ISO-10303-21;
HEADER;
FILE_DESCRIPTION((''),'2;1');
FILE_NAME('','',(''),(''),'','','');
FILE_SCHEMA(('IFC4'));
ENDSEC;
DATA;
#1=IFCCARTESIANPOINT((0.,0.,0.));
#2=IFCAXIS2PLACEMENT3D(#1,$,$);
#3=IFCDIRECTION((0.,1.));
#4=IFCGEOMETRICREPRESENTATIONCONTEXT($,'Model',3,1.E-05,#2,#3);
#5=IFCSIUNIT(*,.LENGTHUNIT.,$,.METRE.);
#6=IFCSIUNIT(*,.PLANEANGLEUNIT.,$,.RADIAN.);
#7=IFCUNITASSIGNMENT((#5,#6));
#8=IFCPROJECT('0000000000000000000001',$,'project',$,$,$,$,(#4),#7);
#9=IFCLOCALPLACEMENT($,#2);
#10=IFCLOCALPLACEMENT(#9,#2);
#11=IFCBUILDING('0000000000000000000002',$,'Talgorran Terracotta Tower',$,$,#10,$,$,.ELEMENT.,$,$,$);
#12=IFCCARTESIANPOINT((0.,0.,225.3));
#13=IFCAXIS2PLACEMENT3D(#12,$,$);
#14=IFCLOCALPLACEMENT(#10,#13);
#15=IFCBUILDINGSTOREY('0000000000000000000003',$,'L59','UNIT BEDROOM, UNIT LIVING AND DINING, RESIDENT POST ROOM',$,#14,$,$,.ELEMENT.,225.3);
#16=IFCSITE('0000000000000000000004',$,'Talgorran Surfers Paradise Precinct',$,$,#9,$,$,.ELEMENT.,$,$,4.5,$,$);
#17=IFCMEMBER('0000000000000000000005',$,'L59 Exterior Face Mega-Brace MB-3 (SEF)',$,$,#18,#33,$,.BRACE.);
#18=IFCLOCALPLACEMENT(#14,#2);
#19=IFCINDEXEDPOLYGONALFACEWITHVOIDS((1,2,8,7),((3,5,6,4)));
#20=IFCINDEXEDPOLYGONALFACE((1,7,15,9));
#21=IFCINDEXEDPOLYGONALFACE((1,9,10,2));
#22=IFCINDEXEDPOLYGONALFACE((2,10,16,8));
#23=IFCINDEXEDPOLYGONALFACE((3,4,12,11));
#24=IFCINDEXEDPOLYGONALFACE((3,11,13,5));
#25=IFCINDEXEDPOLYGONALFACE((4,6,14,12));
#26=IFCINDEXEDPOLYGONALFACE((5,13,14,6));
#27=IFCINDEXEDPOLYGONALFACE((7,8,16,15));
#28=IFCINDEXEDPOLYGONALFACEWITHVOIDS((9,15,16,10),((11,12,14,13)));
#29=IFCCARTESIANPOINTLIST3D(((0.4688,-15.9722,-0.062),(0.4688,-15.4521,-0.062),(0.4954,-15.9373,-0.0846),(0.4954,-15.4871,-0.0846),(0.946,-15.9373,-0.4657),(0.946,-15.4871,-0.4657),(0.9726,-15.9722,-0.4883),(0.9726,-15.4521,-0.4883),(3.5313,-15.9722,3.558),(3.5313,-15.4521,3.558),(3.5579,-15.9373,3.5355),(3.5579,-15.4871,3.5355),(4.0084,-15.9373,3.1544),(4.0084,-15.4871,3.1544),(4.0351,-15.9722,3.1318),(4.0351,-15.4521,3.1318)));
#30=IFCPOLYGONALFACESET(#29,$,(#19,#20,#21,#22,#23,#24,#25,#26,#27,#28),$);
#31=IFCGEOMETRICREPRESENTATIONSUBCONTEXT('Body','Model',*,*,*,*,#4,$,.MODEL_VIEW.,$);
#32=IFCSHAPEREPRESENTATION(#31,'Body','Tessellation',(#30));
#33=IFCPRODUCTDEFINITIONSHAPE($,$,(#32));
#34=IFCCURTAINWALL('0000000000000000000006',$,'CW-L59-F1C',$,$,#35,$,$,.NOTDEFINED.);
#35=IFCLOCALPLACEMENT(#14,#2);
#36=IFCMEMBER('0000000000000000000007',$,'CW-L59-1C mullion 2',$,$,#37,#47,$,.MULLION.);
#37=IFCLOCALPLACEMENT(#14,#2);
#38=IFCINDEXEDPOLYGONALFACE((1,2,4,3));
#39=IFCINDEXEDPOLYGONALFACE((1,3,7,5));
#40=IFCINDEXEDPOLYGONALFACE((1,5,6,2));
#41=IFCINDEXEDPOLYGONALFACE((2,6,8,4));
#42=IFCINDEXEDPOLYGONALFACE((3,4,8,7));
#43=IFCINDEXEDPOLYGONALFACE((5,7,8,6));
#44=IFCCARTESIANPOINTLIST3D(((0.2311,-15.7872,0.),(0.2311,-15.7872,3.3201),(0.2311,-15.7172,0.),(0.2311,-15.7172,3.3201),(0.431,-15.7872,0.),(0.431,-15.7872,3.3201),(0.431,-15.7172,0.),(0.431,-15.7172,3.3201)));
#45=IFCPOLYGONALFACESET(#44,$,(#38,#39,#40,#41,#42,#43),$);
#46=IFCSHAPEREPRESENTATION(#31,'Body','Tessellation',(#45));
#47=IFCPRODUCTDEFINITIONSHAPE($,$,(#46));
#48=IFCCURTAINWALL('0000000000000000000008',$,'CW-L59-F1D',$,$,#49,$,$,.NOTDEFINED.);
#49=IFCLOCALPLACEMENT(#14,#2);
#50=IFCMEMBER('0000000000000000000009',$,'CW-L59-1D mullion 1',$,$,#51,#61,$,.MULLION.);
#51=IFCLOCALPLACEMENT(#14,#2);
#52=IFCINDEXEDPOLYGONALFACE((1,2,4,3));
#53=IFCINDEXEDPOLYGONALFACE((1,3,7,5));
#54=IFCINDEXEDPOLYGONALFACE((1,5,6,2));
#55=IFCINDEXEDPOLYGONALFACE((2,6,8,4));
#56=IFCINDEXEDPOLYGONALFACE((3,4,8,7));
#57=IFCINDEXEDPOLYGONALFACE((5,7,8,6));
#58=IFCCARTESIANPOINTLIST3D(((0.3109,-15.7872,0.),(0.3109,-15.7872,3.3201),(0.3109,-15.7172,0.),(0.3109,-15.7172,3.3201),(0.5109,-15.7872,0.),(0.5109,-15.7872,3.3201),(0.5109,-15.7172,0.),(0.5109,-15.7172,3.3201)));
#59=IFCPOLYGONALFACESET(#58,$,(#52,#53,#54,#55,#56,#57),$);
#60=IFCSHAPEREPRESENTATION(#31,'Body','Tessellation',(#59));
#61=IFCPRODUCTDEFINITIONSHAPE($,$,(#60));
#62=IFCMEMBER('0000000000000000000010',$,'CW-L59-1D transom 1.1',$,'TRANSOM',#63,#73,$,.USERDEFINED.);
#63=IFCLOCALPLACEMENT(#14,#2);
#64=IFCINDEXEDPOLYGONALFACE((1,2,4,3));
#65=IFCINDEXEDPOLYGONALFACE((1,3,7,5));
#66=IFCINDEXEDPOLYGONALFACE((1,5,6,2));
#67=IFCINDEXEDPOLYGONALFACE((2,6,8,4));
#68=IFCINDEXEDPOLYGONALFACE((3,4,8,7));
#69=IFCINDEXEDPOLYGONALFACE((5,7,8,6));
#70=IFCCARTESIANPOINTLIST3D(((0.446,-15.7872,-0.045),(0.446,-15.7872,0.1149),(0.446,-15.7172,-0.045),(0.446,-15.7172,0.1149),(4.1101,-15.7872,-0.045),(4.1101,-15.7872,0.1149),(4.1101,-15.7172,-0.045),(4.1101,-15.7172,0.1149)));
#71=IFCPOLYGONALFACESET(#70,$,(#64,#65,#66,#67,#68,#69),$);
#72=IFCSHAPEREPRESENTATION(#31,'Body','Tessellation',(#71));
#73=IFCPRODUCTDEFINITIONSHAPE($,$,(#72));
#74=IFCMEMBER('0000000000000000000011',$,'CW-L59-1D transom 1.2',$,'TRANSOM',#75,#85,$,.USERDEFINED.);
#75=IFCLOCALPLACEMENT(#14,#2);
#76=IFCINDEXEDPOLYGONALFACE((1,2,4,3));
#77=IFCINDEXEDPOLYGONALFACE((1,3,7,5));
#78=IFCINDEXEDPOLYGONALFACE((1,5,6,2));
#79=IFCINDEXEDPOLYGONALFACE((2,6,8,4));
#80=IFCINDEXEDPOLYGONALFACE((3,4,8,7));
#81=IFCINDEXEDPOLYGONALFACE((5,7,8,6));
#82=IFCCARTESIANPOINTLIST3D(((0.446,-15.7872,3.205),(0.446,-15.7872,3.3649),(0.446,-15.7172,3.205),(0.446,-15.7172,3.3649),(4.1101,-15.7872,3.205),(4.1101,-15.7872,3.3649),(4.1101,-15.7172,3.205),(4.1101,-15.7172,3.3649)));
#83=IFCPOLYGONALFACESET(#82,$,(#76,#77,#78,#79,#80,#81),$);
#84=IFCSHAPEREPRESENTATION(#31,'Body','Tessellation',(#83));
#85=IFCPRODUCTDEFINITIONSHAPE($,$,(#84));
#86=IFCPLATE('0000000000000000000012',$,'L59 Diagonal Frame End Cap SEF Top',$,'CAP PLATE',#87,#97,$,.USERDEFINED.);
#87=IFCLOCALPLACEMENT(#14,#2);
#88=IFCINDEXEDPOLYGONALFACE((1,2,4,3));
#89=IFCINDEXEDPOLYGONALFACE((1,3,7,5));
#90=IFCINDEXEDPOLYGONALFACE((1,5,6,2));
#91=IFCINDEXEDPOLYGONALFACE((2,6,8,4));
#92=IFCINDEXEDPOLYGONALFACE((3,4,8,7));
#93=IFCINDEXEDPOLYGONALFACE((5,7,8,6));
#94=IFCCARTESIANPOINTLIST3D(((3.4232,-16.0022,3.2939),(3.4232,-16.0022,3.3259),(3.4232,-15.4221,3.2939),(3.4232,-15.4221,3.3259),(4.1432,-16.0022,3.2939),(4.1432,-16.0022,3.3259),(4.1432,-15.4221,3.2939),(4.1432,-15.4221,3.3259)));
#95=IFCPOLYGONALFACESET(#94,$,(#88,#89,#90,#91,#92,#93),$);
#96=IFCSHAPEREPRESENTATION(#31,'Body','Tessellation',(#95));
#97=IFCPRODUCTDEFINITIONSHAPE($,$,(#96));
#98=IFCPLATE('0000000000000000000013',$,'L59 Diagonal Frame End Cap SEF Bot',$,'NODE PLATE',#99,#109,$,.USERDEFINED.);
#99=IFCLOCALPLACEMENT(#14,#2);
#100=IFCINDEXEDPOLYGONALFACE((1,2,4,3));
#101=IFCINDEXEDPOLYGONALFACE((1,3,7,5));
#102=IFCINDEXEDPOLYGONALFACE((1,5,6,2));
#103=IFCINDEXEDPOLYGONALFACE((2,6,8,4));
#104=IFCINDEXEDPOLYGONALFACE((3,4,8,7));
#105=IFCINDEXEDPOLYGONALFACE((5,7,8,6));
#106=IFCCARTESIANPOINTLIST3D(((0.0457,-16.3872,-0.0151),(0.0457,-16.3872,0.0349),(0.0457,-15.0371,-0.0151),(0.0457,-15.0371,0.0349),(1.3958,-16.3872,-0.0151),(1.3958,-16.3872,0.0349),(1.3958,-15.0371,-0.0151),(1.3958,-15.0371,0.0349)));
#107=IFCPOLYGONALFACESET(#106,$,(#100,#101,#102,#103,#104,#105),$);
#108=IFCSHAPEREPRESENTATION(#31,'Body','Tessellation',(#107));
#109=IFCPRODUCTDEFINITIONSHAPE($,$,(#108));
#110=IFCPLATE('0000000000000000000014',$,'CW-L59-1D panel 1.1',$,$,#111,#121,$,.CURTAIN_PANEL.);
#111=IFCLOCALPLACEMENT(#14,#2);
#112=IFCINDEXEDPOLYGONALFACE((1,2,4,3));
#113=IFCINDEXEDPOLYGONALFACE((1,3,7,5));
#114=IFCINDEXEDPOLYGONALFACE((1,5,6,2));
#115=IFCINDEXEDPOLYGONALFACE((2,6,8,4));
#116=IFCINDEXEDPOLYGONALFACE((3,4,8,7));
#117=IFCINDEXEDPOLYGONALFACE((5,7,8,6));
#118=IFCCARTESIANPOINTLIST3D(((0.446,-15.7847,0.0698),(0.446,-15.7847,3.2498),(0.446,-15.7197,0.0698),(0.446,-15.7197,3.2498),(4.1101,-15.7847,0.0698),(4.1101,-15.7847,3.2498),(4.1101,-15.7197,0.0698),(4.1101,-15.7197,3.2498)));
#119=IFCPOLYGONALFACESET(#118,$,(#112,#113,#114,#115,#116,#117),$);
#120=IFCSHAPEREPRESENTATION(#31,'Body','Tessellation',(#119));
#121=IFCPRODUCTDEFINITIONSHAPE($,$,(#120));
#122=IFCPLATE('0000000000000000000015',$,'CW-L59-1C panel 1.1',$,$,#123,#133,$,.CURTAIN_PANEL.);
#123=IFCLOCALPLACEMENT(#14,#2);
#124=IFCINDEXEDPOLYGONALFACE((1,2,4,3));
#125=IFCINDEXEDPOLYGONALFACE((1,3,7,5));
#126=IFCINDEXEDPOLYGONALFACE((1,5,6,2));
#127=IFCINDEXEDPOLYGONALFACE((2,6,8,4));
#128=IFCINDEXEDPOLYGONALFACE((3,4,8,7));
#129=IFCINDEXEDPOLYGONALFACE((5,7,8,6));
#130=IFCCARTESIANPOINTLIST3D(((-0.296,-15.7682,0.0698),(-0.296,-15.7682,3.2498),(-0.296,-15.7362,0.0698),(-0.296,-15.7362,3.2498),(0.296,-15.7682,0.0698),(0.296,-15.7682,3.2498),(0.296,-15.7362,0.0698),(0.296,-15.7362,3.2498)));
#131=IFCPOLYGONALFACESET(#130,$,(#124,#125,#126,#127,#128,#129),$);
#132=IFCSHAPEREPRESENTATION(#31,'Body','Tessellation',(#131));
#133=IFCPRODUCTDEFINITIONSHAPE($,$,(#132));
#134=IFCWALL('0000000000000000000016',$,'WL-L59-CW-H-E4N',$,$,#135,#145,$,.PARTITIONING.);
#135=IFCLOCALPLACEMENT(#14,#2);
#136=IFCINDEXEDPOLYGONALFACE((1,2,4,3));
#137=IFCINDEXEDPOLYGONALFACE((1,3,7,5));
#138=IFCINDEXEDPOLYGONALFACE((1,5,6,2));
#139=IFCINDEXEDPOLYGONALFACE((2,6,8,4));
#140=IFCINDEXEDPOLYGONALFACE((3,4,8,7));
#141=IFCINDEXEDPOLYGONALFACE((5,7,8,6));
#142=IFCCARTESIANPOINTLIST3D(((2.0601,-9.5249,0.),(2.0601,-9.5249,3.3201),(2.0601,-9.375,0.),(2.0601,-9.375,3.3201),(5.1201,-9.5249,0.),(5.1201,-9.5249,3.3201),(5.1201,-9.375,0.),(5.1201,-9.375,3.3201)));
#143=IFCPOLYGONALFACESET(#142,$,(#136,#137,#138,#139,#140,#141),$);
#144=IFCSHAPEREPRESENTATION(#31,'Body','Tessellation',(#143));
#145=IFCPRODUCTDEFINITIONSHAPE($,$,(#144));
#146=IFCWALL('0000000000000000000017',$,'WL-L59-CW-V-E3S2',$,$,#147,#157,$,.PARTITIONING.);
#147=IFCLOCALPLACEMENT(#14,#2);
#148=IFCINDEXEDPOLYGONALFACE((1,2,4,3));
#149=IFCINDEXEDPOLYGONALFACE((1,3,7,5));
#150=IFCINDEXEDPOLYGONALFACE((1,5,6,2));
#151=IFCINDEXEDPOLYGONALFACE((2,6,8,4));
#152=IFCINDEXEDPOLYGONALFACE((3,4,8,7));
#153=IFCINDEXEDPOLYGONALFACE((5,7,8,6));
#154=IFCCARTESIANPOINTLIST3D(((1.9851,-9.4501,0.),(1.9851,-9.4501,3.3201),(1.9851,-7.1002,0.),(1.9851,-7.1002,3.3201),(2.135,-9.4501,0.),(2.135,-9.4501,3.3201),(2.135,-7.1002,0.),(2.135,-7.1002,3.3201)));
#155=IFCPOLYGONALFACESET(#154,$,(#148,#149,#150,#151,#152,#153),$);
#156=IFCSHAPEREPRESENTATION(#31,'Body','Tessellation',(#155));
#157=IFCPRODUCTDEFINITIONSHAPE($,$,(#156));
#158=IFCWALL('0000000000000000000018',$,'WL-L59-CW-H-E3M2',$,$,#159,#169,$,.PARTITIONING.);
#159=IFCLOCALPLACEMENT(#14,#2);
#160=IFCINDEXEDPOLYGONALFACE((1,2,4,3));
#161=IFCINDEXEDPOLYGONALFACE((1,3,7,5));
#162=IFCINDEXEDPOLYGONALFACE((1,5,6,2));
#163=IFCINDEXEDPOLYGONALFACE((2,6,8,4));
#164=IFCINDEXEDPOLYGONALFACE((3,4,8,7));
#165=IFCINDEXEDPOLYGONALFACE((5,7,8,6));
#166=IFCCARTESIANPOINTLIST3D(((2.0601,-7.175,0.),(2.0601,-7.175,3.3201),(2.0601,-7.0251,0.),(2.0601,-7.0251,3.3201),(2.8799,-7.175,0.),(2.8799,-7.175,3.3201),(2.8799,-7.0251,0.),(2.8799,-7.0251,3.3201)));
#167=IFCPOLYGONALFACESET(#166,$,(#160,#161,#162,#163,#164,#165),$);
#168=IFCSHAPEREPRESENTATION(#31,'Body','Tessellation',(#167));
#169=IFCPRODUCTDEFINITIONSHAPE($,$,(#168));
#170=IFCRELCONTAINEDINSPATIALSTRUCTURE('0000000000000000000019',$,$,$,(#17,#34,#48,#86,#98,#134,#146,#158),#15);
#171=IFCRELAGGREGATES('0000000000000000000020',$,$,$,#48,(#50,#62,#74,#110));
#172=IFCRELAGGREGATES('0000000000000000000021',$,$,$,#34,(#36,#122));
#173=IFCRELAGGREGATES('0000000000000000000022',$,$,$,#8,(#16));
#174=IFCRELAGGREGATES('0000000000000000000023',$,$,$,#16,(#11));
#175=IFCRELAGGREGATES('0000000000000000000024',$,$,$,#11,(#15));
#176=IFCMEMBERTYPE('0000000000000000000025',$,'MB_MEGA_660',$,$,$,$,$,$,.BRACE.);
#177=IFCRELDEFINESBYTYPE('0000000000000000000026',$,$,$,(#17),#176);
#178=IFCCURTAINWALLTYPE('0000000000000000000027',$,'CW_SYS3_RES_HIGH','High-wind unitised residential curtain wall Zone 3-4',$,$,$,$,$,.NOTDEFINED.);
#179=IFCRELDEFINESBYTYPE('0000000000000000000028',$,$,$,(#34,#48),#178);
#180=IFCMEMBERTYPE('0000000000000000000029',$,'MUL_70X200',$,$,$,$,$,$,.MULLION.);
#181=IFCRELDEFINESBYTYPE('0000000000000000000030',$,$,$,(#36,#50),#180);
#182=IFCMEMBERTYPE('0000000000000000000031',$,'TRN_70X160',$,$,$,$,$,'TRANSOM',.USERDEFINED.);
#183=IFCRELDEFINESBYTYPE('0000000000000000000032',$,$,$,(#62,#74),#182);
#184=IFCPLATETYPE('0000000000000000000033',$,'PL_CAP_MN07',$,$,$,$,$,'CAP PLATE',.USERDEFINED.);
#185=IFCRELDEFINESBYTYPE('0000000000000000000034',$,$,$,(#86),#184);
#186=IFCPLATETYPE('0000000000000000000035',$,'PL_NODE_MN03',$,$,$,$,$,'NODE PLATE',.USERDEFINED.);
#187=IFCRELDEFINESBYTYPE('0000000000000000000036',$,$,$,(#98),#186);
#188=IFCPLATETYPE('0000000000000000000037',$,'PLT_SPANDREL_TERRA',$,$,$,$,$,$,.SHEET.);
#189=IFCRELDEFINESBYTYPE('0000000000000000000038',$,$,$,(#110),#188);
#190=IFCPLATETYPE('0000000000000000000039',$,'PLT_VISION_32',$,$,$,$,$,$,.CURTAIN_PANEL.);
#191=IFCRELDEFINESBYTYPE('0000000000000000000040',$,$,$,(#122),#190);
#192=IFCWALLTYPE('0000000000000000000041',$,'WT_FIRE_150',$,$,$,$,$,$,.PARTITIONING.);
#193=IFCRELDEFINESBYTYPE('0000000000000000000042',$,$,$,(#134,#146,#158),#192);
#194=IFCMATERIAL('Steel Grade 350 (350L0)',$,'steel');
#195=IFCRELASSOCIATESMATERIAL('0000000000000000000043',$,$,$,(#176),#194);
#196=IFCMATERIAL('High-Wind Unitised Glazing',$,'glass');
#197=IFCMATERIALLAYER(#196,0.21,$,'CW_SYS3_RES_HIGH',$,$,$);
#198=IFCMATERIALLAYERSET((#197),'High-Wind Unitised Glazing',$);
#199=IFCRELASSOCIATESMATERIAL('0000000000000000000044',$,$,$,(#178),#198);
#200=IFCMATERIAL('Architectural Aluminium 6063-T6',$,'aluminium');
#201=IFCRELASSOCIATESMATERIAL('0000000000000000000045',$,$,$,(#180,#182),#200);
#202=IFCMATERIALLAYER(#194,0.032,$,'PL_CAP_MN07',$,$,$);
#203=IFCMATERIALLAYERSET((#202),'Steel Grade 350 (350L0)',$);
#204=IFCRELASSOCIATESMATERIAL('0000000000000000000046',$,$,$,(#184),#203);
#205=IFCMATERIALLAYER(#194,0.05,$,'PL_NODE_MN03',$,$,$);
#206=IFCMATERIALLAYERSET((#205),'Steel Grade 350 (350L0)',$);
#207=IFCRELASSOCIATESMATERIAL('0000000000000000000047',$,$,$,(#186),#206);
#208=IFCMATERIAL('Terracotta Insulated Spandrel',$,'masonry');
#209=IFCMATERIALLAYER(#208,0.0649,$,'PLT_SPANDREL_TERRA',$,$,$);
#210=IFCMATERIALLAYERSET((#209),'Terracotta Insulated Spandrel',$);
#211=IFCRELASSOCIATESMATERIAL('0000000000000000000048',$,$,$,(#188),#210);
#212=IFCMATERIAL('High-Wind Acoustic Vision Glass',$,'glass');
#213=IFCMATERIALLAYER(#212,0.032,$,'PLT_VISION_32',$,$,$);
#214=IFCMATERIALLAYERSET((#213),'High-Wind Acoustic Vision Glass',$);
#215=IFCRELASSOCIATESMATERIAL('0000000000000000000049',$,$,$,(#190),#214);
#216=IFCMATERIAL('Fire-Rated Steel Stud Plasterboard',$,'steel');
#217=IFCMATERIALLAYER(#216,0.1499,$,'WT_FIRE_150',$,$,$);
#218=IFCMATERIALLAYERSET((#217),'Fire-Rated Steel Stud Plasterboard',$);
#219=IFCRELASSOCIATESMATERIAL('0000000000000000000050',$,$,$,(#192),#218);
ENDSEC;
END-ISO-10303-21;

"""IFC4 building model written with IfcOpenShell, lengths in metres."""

from ifc_helpers import new_model, si_unit, direction, frame, frame_2d, origin, origin_2d, place, context, subcontext, project, spatial, rectangle, hollow_rectangle, extrude, source, transform, mapped, material, layer, layer_set, material_profile, profile_set, type_object, type_shapes, element, aggregate, save


model = new_model("IFC4")

# Units and contexts
model_context = context("Model", 3, precision=1e-05, world=origin(), true_north=direction((0.0, 1.0)))
body_context = subcontext(model_context, "Body", "Model", "MODEL_VIEW")
ifc_project = project(units=[si_unit("LENGTHUNIT", "METRE"), si_unit("PLANEANGLEUNIT", "RADIAN")], contexts=[model_context])

# Site, building, storey
site_placement = place(None, origin())
site = spatial("IfcSite", under=ifc_project, at=site_placement, Name="Talgorran Surfers Paradise Precinct", CompositionType="ELEMENT", RefElevation=4.5)
building_placement = place(site_placement, origin())
building = spatial("IfcBuilding", under=site, at=building_placement, Name="Talgorran Terracotta Tower", CompositionType="ELEMENT")
storey_placement = place(building_placement, frame((0.0, 0.0, 225.3)))
storey = spatial("IfcBuildingStorey", under=building, at=storey_placement, Name="L59", Description="UNIT BEDROOM, UNIT LIVING AND DINING, RESIDENT POST ROOM", CompositionType="ELEMENT", Elevation=225.3)

# Member
ifc_material_1 = material(Name="Steel Grade 350 (350L0)", Category="steel")
ifc_material_profile_1 = material_profile(ifc_material_1, hollow_rectangle(XDim=0.52, YDim=0.6599, WallThickness=0.0349, at=origin_2d()), Name="WBOX660X520X35")
ifc_profile_set_1 = profile_set([ifc_material_profile_1], Name="Steel Grade 350 (350L0)")
member_type_1 = type_object("IfcMemberType", Name="MB_MEGA_660", PredefinedType="BRACE", material=ifc_profile_set_1)
member_1_placement = place(storey_placement, frame((0.7207, -15.7122, -0.2751), z_axis=(0.645859, 0.0, 0.763457), x_axis=(0.0, 1.0, 0.0)))
element("IfcMember", 1, at=member_1_placement, inside=storey, type_object=member_type_1, Name="L59 Exterior Face Mega-Brace MB-3 (SEF)", PredefinedType="BRACE", context=body_context, shape_type="SweptSolid", body=[
    extrude(hollow_rectangle(XDim=0.52, YDim=0.6599, WallThickness=0.0349, at=origin_2d()), origin(), (0.0, 0.0, 1.0), 4.7417),
])

# Curtain wall, member
ifc_material_2 = material(Name="High-Wind Unitised Glazing", Category="glass")
ifc_layer_1 = layer(ifc_material_2, 0.21, Name="CW_SYS3_RES_HIGH")
ifc_layer_set_1 = layer_set([ifc_layer_1], Name="High-Wind Unitised Glazing")
curtain_wall_type = type_object("IfcCurtainWallType", Name="CW_SYS3_RES_HIGH", Description="High-wind unitised residential curtain wall Zone 3-4", PredefinedType="NOTDEFINED", material=ifc_layer_set_1)
curtain_wall_1_placement = place(storey_placement, origin())
curtain_wall_1 = element("IfcCurtainWall", 2, at=curtain_wall_1_placement, inside=storey, type_object=curtain_wall_type, Name="CW-L59-F1C", PredefinedType="NOTDEFINED")
ifc_material_3 = material(Name="Architectural Aluminium 6063-T6", Category="aluminium")
ifc_material_profile_2 = material_profile(ifc_material_3, rectangle(XDim=0.0701, YDim=0.2, at=origin_2d()), Name="CWM70X200")
ifc_profile_set_2 = profile_set([ifc_material_profile_2], Name="Architectural Aluminium 6063-T6")
member_type_2 = type_object("IfcMemberType", Name="MUL_70X200", PredefinedType="MULLION", material=ifc_profile_set_2)
member_2_placement = place(storey_placement, frame((0.3311, -15.7522, 0.0), z_axis=(0.0, 0.0, 1.0), x_axis=(0.0, 1.0, 0.0)))
member_2 = element("IfcMember", 3, at=member_2_placement, type_object=member_type_2, Name="CW-L59-1C mullion 2", PredefinedType="MULLION", context=body_context, shape_type="SweptSolid", body=[
    extrude(rectangle(XDim=0.0701, YDim=0.2, at=origin_2d()), origin(), (0.0, 0.0, 1.0), 3.3201),
])

# Curtain wall, members
curtain_wall_2_placement = place(storey_placement, origin())
curtain_wall_2 = element("IfcCurtainWall", 4, at=curtain_wall_2_placement, inside=storey, type_object=curtain_wall_type, Name="CW-L59-F1D", PredefinedType="NOTDEFINED")
member_3_placement = place(storey_placement, frame((0.4109, -15.7522, 0.0), z_axis=(0.0, 0.0, 1.0), x_axis=(0.0, 1.0, 0.0)))
member_3 = element("IfcMember", 5, at=member_3_placement, type_object=member_type_2, Name="CW-L59-1D mullion 1", PredefinedType="MULLION", context=body_context, shape_type="SweptSolid", body=[
    extrude(rectangle(XDim=0.0701, YDim=0.2, at=origin_2d()), origin(), (0.0, 0.0, 1.0), 3.3201),
])
ifc_material_profile_3 = material_profile(ifc_material_3, rectangle(XDim=0.0701, YDim=0.1599, at=origin_2d()), Name="CWT70X160")
ifc_profile_set_3 = profile_set([ifc_material_profile_3], Name="Architectural Aluminium 6063-T6")
member_type_3 = type_object("IfcMemberType", Name="TRN_70X160", ElementType="TRANSOM", PredefinedType="USERDEFINED", material=ifc_profile_set_3)
member_4_placement = place(storey_placement, frame((0.446, -15.7522, 0.0349), z_axis=(1.0, 0.0, 0.0), x_axis=(0.0, 1.0, 0.0)))
member_4 = element("IfcMember", 6, at=member_4_placement, type_object=member_type_3, Name="CW-L59-1D transom 1.1", ObjectType="TRANSOM", PredefinedType="USERDEFINED", context=body_context, shape_type="SweptSolid", body=[
    extrude(rectangle(XDim=0.0701, YDim=0.1599, at=origin_2d()), origin(), (0.0, 0.0, 1.0), 3.6641),
])
member_5_placement = place(storey_placement, frame((0.446, -15.7522, 3.2849), z_axis=(1.0, 0.0, 0.0), x_axis=(0.0, 1.0, 0.0)))
member_5 = element("IfcMember", 7, at=member_5_placement, type_object=member_type_3, Name="CW-L59-1D transom 1.2", ObjectType="TRANSOM", PredefinedType="USERDEFINED", context=body_context, shape_type="SweptSolid", body=[
    extrude(rectangle(XDim=0.0701, YDim=0.1599, at=origin_2d()), origin(), (0.0, 0.0, 1.0), 3.6641),
])

# Plates
ifc_layer_2 = layer(ifc_material_1, 0.032, Name="PL_CAP_MN07")
ifc_layer_set_2 = layer_set([ifc_layer_2], Name="Steel Grade 350 (350L0)")
plate_type_1 = type_object("IfcPlateType", Name="PL_CAP_MN07", ElementType="CAP PLATE", PredefinedType="USERDEFINED", material=ifc_layer_set_2)
plate_1_placement = place(storey_placement, frame((3.7832, -15.7122, 3.2939), z_axis=(0.0, 0.0, 1.0), x_axis=(1.0, 0.0, 0.0)))
element("IfcPlate", 8, at=plate_1_placement, inside=storey, type_object=plate_type_1, Name="L59 Diagonal Frame End Cap SEF Top", ObjectType="CAP PLATE", PredefinedType="USERDEFINED", context=body_context, shape_type="SweptSolid", body=[
    extrude(rectangle(XDim=0.72, YDim=0.5801, at=origin_2d()), origin(), (0.0, 0.0, 1.0), 0.032),
])
ifc_layer_3 = layer(ifc_material_1, 0.05, Name="PL_NODE_MN03")
ifc_layer_set_3 = layer_set([ifc_layer_3], Name="Steel Grade 350 (350L0)")
plate_type_2 = type_object("IfcPlateType", Name="PL_NODE_MN03", ElementType="NODE PLATE", PredefinedType="USERDEFINED", material=ifc_layer_set_3)
plate_2_placement = place(storey_placement, frame((0.7207, -15.7122, -0.0151), z_axis=(0.0, 0.0, 1.0), x_axis=(1.0, 0.0, 0.0)))
element("IfcPlate", 9, at=plate_2_placement, inside=storey, type_object=plate_type_2, Name="L59 Diagonal Frame End Cap SEF Bot", ObjectType="NODE PLATE", PredefinedType="USERDEFINED", context=body_context, shape_type="SweptSolid", body=[
    extrude(rectangle(XDim=1.3501, YDim=1.3501, at=origin_2d()), origin(), (0.0, 0.0, 1.0), 0.05),
])

# Plates
ifc_material_4 = material(Name="Terracotta Insulated Spandrel", Category="masonry")
ifc_layer_4 = layer(ifc_material_4, 0.0649, Name="PLT_SPANDREL_TERRA")
ifc_layer_set_4 = layer_set([ifc_layer_4], Name="Terracotta Insulated Spandrel")
plate_type_3 = type_object("IfcPlateType", Name="PLT_SPANDREL_TERRA", PredefinedType="SHEET", material=ifc_layer_set_4)
shared_shape_1 = source(origin(), body_context, "Body", "SweptSolid", [
    extrude(rectangle(XDim=3.6641, YDim=0.0649, at=origin_2d()), origin(), (0.0, 0.0, 1.0), 3.1799),
])
type_shapes(plate_type_3, [shared_shape_1])
plate_3_placement = place(storey_placement, frame((2.2781, -15.7522, 0.0698), z_axis=(0.0, 0.0, 1.0), x_axis=(1.0, 0.0, 0.0)))
plate_3 = element("IfcPlate", 10, at=plate_3_placement, type_object=plate_type_3, Name="CW-L59-1D panel 1.1", PredefinedType="CURTAIN_PANEL", context=body_context, shape_type="MappedRepresentation", body=[
    mapped(shared_shape_1, transform((0.0, 0.0, 0.0), scale=1.0)),
])
aggregate(curtain_wall_2, [member_3, member_4, member_5, plate_3])
ifc_material_5 = material(Name="High-Wind Acoustic Vision Glass", Category="glass")
ifc_layer_5 = layer(ifc_material_5, 0.032, Name="PLT_VISION_32")
ifc_layer_set_5 = layer_set([ifc_layer_5], Name="High-Wind Acoustic Vision Glass")
plate_type_4 = type_object("IfcPlateType", Name="PLT_VISION_32", PredefinedType="CURTAIN_PANEL", material=ifc_layer_set_5)
shared_shape_2 = source(origin(), body_context, "Body", "SweptSolid", [
    extrude(rectangle(XDim=0.592, YDim=0.032, at=origin_2d()), origin(), (0.0, 0.0, 1.0), 3.1799),
])
type_shapes(plate_type_4, [shared_shape_2])
plate_4_placement = place(storey_placement, frame((0.0, -15.7522, 0.0698), z_axis=(0.0, 0.0, 1.0), x_axis=(1.0, 0.0, 0.0)))
plate_4 = element("IfcPlate", 11, at=plate_4_placement, type_object=plate_type_4, Name="CW-L59-1C panel 1.1", PredefinedType="CURTAIN_PANEL", context=body_context, shape_type="MappedRepresentation", body=[
    mapped(shared_shape_2, transform((0.0, 0.0, 0.0), scale=1.0)),
])
aggregate(curtain_wall_1, [member_2, plate_4])

# Walls
ifc_material_6 = material(Name="Fire-Rated Steel Stud Plasterboard", Category="steel")
ifc_layer_6 = layer(ifc_material_6, 0.1499, Name="WT_FIRE_150")
ifc_layer_set_6 = layer_set([ifc_layer_6], Name="Fire-Rated Steel Stud Plasterboard")
wall_type_1 = type_object("IfcWallType", Name="WT_FIRE_150", PredefinedType="PARTITIONING", material=ifc_layer_set_6)
wall_1_placement = place(storey_placement, frame((2.0601, -9.45, 0.0), z_axis=(0.0, 0.0, 1.0), x_axis=(1.0, 0.0, 0.0)))
element("IfcWall", 12, at=wall_1_placement, inside=storey, type_object=wall_type_1, Name="WL-L59-CW-H-E4N", PredefinedType="PARTITIONING", context=body_context, shape_type="SweptSolid", body=[
    extrude(rectangle(XDim=3.0601, YDim=0.1499, at=frame_2d((1.53, 0.0))), origin(), (0.0, 0.0, 1.0), 3.3201),
])
wall_2_placement = place(storey_placement, frame((2.0601, -9.45, 0.0), z_axis=(0.0, 0.0, 1.0), x_axis=(0.0, 1.0, 0.0)))
element("IfcWall", 13, at=wall_2_placement, inside=storey, type_object=wall_type_1, Name="WL-L59-CW-V-E3S2", PredefinedType="PARTITIONING", context=body_context, shape_type="SweptSolid", body=[
    extrude(rectangle(XDim=2.3499, YDim=0.1499, at=frame_2d((1.1748, 0.0))), origin(), (0.0, 0.0, 1.0), 3.3201),
])
wall_3_placement = place(storey_placement, frame((2.0601, -7.1001, 0.0), z_axis=(0.0, 0.0, 1.0), x_axis=(1.0, 0.0, 0.0)))
element("IfcWall", 14, at=wall_3_placement, inside=storey, type_object=wall_type_1, Name="WL-L59-CW-H-E3M2", PredefinedType="PARTITIONING", context=body_context, shape_type="SweptSolid", body=[
    extrude(rectangle(XDim=0.8198, YDim=0.1499, at=frame_2d((0.4099, 0.0))), origin(), (0.0, 0.0, 1.0), 3.3201),
])

save(model, "model.ifc")
